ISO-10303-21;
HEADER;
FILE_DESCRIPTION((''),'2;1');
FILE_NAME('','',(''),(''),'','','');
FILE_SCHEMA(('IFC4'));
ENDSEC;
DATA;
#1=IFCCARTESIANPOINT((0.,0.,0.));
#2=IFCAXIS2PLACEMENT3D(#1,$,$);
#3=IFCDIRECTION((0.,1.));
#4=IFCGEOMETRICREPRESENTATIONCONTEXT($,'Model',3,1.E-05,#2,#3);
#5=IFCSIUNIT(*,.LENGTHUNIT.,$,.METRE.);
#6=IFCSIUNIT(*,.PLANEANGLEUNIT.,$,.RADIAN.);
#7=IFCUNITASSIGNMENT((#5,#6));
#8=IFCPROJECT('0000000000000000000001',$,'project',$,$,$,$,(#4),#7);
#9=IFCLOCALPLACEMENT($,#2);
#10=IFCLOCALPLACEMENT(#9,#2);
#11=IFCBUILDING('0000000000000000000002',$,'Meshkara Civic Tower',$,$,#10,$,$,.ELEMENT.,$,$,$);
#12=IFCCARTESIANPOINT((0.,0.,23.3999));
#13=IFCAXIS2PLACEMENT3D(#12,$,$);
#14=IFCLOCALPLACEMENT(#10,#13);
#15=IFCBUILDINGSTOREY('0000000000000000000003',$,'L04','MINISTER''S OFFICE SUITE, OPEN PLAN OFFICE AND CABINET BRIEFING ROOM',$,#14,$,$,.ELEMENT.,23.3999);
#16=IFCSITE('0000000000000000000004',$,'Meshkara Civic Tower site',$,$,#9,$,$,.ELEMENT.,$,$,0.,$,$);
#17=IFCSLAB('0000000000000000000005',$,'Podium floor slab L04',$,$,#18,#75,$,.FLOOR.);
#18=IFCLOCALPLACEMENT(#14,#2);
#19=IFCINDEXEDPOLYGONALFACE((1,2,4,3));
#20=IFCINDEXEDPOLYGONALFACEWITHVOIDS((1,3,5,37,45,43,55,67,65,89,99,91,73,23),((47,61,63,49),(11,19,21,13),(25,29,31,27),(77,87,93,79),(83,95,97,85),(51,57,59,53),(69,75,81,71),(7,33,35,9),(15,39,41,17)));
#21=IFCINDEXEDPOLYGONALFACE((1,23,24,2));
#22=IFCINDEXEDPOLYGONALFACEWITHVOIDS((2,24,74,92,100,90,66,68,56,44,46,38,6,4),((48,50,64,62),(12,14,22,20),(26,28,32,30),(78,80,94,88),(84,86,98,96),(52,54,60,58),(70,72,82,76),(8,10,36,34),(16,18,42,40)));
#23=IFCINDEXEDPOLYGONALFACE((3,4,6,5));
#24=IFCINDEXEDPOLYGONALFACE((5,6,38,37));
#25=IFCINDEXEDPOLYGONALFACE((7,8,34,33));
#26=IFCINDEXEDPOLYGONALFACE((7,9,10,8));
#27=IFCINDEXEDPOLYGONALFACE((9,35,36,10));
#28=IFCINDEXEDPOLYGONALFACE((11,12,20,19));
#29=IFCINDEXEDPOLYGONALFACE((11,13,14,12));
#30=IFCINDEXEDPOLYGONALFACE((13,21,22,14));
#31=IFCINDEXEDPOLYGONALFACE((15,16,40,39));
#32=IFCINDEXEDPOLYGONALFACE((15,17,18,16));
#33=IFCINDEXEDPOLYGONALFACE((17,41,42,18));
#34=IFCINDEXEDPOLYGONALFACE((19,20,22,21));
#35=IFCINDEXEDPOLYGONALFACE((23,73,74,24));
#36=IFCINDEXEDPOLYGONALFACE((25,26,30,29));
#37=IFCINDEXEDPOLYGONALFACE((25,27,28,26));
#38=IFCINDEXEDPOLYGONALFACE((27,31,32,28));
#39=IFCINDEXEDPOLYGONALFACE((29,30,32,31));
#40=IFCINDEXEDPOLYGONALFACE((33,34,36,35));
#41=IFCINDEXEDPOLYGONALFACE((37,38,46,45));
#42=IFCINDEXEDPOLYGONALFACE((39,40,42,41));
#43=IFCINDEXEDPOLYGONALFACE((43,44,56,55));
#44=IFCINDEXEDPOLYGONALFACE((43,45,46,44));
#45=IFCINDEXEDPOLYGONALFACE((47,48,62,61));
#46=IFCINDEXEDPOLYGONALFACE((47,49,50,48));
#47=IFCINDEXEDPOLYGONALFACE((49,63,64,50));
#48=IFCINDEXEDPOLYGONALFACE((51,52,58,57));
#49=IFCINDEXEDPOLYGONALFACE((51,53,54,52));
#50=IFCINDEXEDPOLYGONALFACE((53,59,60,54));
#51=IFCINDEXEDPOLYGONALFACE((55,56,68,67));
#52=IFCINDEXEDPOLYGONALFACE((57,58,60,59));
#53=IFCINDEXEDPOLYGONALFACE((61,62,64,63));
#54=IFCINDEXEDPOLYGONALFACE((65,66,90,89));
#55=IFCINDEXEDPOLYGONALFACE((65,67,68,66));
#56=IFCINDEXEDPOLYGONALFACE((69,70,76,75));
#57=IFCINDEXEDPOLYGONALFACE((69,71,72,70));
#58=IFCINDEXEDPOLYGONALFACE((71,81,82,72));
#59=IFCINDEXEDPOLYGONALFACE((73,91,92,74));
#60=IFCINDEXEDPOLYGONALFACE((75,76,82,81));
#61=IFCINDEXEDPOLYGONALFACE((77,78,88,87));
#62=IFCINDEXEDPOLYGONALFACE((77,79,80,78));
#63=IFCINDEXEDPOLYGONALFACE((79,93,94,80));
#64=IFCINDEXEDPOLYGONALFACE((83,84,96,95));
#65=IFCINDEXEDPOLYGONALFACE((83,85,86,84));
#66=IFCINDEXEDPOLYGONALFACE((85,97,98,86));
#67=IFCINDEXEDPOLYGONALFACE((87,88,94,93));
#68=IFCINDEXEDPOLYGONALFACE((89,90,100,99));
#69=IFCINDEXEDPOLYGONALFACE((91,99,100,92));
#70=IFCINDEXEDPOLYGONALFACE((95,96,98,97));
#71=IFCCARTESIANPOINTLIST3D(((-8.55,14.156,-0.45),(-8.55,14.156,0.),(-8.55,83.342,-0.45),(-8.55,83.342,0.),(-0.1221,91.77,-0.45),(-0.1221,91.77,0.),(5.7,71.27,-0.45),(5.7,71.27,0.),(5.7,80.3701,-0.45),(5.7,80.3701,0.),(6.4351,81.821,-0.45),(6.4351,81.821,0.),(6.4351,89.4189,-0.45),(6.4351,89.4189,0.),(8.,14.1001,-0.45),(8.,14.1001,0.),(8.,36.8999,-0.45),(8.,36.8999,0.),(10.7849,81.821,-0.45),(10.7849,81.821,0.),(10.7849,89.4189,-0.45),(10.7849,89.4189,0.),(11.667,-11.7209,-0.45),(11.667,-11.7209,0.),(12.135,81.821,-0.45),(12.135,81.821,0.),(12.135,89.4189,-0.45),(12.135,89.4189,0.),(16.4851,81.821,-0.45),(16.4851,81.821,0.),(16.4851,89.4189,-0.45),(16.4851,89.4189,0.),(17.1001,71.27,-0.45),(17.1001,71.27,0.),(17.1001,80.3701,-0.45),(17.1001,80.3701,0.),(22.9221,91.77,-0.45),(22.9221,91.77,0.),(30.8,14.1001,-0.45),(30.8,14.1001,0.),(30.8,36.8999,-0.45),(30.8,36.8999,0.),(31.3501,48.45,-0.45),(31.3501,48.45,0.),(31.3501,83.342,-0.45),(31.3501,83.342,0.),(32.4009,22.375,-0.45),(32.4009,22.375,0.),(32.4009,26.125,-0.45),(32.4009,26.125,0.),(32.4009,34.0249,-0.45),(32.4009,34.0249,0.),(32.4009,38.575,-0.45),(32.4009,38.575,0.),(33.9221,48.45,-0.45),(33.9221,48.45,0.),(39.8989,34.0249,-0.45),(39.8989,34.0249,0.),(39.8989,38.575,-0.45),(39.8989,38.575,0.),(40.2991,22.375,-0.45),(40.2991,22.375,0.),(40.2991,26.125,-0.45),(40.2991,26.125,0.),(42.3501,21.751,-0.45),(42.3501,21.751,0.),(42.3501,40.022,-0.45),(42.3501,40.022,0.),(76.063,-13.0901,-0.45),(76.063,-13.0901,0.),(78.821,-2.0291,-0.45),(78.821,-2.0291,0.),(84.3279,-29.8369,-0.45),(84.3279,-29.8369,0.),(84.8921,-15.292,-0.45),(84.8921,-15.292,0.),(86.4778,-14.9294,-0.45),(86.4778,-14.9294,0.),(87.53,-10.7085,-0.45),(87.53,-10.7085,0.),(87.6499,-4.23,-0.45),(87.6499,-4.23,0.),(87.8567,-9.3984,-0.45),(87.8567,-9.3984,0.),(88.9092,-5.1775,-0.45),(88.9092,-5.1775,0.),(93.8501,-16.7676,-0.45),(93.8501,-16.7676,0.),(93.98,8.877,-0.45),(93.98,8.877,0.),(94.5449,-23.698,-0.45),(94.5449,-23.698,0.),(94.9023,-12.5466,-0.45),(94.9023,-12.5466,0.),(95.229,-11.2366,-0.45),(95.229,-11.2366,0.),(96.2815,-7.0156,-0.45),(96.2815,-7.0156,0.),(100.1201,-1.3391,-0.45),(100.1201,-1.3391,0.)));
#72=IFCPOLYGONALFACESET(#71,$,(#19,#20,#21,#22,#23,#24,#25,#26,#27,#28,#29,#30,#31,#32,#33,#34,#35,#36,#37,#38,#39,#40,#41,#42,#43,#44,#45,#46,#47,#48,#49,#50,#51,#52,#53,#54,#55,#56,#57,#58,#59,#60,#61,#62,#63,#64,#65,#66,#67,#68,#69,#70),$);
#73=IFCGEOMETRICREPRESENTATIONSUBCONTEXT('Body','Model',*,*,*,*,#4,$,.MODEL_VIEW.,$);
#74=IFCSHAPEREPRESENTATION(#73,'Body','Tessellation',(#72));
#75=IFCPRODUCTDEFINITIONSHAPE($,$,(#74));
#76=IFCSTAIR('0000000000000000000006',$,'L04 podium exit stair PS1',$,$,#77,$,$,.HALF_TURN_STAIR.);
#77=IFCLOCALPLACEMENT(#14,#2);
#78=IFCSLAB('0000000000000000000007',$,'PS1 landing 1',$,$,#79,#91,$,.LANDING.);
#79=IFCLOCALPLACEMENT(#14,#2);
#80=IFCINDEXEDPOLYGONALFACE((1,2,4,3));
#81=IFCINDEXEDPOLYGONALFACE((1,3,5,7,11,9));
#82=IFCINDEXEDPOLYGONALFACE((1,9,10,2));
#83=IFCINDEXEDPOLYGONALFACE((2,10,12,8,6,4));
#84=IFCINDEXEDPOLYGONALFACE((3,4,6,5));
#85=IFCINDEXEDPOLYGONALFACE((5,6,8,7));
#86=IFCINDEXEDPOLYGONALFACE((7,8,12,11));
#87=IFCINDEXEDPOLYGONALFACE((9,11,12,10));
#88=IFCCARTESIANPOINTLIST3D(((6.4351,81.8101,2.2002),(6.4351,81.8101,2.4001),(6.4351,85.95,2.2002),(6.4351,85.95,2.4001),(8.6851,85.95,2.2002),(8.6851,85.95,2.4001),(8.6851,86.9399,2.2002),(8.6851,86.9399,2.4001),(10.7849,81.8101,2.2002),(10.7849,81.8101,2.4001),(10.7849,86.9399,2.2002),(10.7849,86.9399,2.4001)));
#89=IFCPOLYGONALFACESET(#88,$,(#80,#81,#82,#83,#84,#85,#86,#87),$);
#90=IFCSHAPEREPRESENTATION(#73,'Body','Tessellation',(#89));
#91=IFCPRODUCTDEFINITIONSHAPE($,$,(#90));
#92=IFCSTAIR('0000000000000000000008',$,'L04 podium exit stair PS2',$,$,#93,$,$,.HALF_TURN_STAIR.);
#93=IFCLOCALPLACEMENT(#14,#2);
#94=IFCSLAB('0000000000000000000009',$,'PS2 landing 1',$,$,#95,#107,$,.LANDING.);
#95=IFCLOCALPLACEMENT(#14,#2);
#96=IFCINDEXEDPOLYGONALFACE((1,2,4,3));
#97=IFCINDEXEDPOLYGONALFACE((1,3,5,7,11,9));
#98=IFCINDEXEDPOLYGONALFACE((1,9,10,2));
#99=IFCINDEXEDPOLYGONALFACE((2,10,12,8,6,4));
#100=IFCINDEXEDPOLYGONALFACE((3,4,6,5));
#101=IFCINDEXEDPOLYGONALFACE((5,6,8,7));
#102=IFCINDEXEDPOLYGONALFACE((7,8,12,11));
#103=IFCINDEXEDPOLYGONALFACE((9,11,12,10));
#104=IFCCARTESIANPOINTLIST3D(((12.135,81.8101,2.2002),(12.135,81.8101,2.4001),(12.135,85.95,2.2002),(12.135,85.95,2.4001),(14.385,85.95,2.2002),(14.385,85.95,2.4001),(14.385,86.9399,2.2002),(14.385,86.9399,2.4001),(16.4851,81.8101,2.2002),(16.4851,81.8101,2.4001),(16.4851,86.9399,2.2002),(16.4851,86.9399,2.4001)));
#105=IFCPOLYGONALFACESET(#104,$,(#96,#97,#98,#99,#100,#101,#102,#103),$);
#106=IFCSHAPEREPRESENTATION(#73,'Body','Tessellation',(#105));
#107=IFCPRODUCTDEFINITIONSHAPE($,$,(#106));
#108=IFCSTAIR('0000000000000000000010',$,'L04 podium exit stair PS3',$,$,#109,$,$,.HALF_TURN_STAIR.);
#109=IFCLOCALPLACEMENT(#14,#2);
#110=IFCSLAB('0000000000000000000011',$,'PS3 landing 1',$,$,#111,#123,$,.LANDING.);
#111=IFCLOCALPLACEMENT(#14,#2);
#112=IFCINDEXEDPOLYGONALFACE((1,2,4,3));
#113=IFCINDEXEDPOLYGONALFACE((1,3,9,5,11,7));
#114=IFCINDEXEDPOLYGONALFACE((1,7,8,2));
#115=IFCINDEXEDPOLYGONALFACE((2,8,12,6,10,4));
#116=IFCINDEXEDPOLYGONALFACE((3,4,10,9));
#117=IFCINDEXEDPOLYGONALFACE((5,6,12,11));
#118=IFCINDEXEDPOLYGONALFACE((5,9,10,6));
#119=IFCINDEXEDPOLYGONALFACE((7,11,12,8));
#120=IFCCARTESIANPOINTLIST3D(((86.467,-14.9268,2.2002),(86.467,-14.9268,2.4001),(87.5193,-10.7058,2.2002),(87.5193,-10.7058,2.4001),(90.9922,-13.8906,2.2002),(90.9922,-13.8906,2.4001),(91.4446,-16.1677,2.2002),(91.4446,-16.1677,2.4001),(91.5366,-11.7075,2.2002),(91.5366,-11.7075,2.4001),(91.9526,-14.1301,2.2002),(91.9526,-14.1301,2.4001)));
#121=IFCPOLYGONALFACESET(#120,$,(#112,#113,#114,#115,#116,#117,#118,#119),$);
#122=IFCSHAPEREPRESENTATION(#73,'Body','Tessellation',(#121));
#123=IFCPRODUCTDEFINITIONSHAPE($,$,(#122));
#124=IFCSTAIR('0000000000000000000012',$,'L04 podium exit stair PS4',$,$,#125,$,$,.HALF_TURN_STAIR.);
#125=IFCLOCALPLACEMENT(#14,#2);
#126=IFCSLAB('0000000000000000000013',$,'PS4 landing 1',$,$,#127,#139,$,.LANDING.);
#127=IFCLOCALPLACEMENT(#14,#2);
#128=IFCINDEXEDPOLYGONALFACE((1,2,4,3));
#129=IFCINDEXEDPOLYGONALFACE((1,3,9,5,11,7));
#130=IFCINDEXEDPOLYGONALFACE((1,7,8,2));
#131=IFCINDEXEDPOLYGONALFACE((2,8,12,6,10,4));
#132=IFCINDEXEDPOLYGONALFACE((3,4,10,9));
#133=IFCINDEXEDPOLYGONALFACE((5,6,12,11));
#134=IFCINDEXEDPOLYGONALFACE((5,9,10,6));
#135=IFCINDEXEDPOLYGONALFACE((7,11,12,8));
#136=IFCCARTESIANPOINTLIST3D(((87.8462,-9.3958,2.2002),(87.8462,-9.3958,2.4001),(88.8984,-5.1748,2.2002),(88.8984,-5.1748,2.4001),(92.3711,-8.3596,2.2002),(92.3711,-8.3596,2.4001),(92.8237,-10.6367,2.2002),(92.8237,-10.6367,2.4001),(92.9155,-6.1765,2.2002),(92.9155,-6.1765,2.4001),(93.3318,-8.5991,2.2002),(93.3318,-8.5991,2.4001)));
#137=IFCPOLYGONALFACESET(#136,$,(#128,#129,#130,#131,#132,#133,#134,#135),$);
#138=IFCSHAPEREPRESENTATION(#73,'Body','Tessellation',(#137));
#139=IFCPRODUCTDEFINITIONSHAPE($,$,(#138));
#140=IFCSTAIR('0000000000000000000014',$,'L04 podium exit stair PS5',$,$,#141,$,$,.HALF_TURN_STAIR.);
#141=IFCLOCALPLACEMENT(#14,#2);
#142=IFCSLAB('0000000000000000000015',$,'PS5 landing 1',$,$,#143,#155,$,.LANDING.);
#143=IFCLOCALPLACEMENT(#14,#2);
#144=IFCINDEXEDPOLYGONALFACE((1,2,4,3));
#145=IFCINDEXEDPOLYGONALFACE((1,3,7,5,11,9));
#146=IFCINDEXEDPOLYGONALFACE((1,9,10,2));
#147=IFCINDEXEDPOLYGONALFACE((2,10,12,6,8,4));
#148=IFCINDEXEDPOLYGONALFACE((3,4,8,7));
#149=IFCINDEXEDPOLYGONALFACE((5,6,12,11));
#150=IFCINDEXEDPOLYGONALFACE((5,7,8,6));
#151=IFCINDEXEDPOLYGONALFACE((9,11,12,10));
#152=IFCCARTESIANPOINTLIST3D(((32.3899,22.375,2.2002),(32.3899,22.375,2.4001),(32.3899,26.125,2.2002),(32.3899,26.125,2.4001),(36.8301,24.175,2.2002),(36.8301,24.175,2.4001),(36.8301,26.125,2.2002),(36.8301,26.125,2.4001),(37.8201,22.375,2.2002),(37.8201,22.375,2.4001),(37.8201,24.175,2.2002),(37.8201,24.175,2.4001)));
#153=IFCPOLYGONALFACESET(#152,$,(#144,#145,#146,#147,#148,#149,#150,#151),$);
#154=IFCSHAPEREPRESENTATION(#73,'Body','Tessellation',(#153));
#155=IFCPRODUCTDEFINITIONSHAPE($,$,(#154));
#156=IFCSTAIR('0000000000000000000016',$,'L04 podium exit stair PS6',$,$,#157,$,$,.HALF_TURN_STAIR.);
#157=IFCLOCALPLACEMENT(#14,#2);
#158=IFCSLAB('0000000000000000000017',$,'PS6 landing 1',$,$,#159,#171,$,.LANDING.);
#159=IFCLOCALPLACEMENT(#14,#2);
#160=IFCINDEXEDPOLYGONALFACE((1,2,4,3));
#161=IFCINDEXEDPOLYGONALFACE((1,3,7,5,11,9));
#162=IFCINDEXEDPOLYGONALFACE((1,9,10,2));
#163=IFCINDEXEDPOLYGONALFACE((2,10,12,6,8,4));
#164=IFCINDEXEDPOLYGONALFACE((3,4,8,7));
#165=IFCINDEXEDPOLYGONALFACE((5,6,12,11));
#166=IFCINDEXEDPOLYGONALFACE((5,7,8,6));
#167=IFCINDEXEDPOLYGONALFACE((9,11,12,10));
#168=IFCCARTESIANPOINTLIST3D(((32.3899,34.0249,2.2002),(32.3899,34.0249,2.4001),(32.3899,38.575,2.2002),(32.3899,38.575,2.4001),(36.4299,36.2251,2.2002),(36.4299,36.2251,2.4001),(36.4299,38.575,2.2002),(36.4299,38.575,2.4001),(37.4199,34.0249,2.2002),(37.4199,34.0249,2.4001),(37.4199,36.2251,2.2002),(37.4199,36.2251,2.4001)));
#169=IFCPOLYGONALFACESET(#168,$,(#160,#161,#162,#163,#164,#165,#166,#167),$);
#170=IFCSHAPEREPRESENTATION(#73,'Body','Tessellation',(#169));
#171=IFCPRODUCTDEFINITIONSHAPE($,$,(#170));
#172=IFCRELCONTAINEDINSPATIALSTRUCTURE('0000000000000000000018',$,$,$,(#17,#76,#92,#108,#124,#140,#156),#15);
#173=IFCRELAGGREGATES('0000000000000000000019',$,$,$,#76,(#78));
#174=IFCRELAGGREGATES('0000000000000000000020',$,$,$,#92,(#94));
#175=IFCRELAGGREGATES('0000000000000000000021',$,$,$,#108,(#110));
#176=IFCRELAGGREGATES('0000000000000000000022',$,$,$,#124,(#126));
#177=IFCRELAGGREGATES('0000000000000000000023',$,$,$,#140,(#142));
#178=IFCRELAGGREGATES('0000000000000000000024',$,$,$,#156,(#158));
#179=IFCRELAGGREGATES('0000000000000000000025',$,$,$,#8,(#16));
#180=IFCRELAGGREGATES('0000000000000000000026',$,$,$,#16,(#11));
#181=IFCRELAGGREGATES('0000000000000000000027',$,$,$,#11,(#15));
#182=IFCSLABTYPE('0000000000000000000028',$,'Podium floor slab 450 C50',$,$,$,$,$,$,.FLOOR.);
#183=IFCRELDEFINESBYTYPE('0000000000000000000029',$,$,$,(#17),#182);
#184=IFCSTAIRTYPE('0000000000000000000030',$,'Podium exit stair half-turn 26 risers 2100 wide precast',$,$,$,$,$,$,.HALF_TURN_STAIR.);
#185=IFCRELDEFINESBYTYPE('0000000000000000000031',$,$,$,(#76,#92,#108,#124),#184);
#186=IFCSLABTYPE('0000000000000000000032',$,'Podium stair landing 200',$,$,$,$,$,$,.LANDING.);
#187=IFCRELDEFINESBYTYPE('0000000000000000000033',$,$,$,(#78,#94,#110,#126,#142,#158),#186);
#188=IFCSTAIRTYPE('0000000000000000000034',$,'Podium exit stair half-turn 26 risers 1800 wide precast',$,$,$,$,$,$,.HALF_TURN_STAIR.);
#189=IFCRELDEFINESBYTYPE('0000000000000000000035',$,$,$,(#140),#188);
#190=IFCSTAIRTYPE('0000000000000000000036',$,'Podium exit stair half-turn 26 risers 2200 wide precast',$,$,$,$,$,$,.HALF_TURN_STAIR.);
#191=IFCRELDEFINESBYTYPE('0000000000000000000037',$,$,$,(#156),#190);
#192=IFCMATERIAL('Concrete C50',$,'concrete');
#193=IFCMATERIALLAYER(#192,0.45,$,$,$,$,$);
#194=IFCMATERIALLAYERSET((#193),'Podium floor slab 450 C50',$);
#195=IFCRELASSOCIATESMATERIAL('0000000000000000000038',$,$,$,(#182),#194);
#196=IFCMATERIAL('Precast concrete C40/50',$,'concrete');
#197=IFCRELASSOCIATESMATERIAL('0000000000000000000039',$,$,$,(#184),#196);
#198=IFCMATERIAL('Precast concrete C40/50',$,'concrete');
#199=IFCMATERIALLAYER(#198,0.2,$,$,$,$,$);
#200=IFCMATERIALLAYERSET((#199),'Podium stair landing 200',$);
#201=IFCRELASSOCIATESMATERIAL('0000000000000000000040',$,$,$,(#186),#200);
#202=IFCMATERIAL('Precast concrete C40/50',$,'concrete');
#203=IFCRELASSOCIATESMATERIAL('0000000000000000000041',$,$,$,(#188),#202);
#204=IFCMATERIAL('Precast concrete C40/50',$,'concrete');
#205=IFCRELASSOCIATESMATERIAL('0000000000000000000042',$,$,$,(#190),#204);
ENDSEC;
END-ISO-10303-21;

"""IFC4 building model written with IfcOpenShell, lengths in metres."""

from ifc_helpers import new_model, si_unit, direction, frame, origin, place, context, subcontext, project, spatial, polyline, outline, extrude, material, layer, layer_set, type_object, element, aggregate, save


model = new_model("IFC4")

# Units and contexts
model_context = context("Model", 3, precision=1e-05, world=origin(), true_north=direction((0.0, 1.0)))
body_context = subcontext(model_context, "Body", "Model", "MODEL_VIEW")
ifc_project = project(units=[si_unit("LENGTHUNIT", "METRE"), si_unit("PLANEANGLEUNIT", "RADIAN")], contexts=[model_context])

# Site, building, storey
site_placement = place(None, origin())
site = spatial("IfcSite", under=ifc_project, at=site_placement, Name="Meshkara Civic Tower site", CompositionType="ELEMENT", RefElevation=0.0)
building_placement = place(site_placement, origin())
building = spatial("IfcBuilding", under=site, at=building_placement, Name="Meshkara Civic Tower", CompositionType="ELEMENT")
storey_placement = place(building_placement, frame((0.0, 0.0, 23.3999)))
storey = spatial("IfcBuildingStorey", under=building, at=storey_placement, Name="L04", Description="MINISTER'S OFFICE SUITE, OPEN PLAN OFFICE AND CABINET BRIEFING ROOM", CompositionType="ELEMENT", Elevation=23.3999)

# Slab
ifc_material_1 = material(Name="Concrete C50", Category="concrete")
ifc_layer_1 = layer(ifc_material_1, 0.45)
ifc_layer_set_1 = layer_set([ifc_layer_1], Name="Podium floor slab 450 C50")
slab_type_1 = type_object("IfcSlabType", Name="Podium floor slab 450 C50", PredefinedType="FLOOR", material=ifc_layer_set_1)
slab_1_placement = place(storey_placement, frame((0.0, 0.0, -0.45)))
element("IfcSlab", 1, at=slab_1_placement, inside=storey, type_object=slab_type_1, Name="Podium floor slab L04", PredefinedType="FLOOR", context=body_context, shape_type="SweptSolid", body=[
    extrude(outline(polyline([(33.9221, 48.45), (42.3501, 40.022), (42.3501, 21.751), (93.98, 8.877), (100.1201, -1.3391), (94.5449, -23.698), (84.3279, -29.8369), (11.667, -11.7209), (-8.55, 14.156), (-8.55, 83.342), (-0.1221, 91.77), (22.9221, 91.77), (31.3501, 83.342), (31.3501, 48.45), (33.9221, 48.45)]), holes=[polyline([(30.8, 14.1001), (30.8, 36.8999), (8.0, 36.8999), (8.0, 14.1001), (30.8, 14.1001)]), polyline([(17.1001, 80.3701), (5.7, 80.3701), (5.7, 71.27), (17.1001, 71.27), (17.1001, 80.3701)]), polyline([(10.7849, 81.821), (10.7849, 89.4189), (6.4351, 89.4189), (6.4351, 81.821), (10.7849, 81.821)]), polyline([(16.4851, 81.821), (16.4851, 89.4189), (12.135, 89.4189), (12.135, 81.821), (16.4851, 81.821)]), polyline([(93.8501, -16.7676), (94.9023, -12.5466), (87.53, -10.7085), (86.4778, -14.9294), (93.8501, -16.7676)]), polyline([(78.821, -2.0291), (76.063, -13.0901), (84.8921, -15.292), (87.6499, -4.23), (78.821, -2.0291)]), polyline([(95.229, -11.2366), (96.2815, -7.0156), (88.9092, -5.1775), (87.8567, -9.3984), (95.229, -11.2366)]), polyline([(32.4009, 22.375), (40.2991, 22.375), (40.2991, 26.125), (32.4009, 26.125), (32.4009, 22.375)]), polyline([(32.4009, 34.0249), (39.8989, 34.0249), (39.8989, 38.575), (32.4009, 38.575), (32.4009, 34.0249)])]), origin(), (0.0, 0.0, 1.0), 0.45),
])

# Stairs, slabs
ifc_material_2 = material(Name="Precast concrete C40/50", Category="concrete")
stair_type_1 = type_object("IfcStairType", Name="Podium exit stair half-turn 26 risers 2100 wide precast", PredefinedType="HALF_TURN_STAIR", material=ifc_material_2)
stair_1_placement = place(storey_placement, origin())
stair_1 = element("IfcStair", 2, at=stair_1_placement, inside=storey, type_object=stair_type_1, Name="L04 podium exit stair PS1", PredefinedType="HALF_TURN_STAIR")
ifc_material_3 = material(Name="Precast concrete C40/50", Category="concrete")
ifc_layer_2 = layer(ifc_material_3, 0.2)
ifc_layer_set_2 = layer_set([ifc_layer_2], Name="Podium stair landing 200")
slab_type_2 = type_object("IfcSlabType", Name="Podium stair landing 200", PredefinedType="LANDING", material=ifc_layer_set_2)
slab_2_placement = place(storey_placement, frame((0.0, 0.0, 2.2002)))
slab_2 = element("IfcSlab", 3, at=slab_2_placement, type_object=slab_type_2, Name="PS1 landing 1", PredefinedType="LANDING", context=body_context, shape_type="SweptSolid", body=[
    extrude(outline(polyline([(10.7849, 81.8101), (6.4351, 81.8101), (6.4351, 85.95), (8.6851, 85.95), (8.6851, 86.9399), (10.7849, 86.9399), (10.7849, 81.8101)])), origin(), (0.0, 0.0, 1.0), 0.2),
])
aggregate(stair_1, [slab_2])
stair_2_placement = place(storey_placement, origin())
stair_2 = element("IfcStair", 4, at=stair_2_placement, inside=storey, type_object=stair_type_1, Name="L04 podium exit stair PS2", PredefinedType="HALF_TURN_STAIR")
slab_3_placement = place(storey_placement, frame((0.0, 0.0, 2.2002)))
slab_3 = element("IfcSlab", 5, at=slab_3_placement, type_object=slab_type_2, Name="PS2 landing 1", PredefinedType="LANDING", context=body_context, shape_type="SweptSolid", body=[
    extrude(outline(polyline([(16.4851, 81.8101), (12.135, 81.8101), (12.135, 85.95), (14.385, 85.95), (14.385, 86.9399), (16.4851, 86.9399), (16.4851, 81.8101)])), origin(), (0.0, 0.0, 1.0), 0.2),
])
aggregate(stair_2, [slab_3])
stair_3_placement = place(storey_placement, origin())
stair_3 = element("IfcStair", 6, at=stair_3_placement, inside=storey, type_object=stair_type_1, Name="L04 podium exit stair PS3", PredefinedType="HALF_TURN_STAIR")
slab_4_placement = place(storey_placement, frame((0.0, 0.0, 2.2002)))
slab_4 = element("IfcSlab", 7, at=slab_4_placement, type_object=slab_type_2, Name="PS3 landing 1", PredefinedType="LANDING", context=body_context, shape_type="SweptSolid", body=[
    extrude(outline(polyline([(91.9526, -14.1301), (91.4446, -16.1677), (86.467, -14.9268), (87.5193, -10.7058), (91.5366, -11.7075), (90.9922, -13.8906), (91.9526, -14.1301)])), origin(), (0.0, 0.0, 1.0), 0.2),
])
aggregate(stair_3, [slab_4])
stair_4_placement = place(storey_placement, origin())
stair_4 = element("IfcStair", 8, at=stair_4_placement, inside=storey, type_object=stair_type_1, Name="L04 podium exit stair PS4", PredefinedType="HALF_TURN_STAIR")
slab_5_placement = place(storey_placement, frame((0.0, 0.0, 2.2002)))
slab_5 = element("IfcSlab", 9, at=slab_5_placement, type_object=slab_type_2, Name="PS4 landing 1", PredefinedType="LANDING", context=body_context, shape_type="SweptSolid", body=[
    extrude(outline(polyline([(93.3318, -8.5991), (92.8237, -10.6367), (87.8462, -9.3958), (88.8984, -5.1748), (92.9155, -6.1765), (92.3711, -8.3596), (93.3318, -8.5991)])), origin(), (0.0, 0.0, 1.0), 0.2),
])
aggregate(stair_4, [slab_5])
ifc_material_4 = material(Name="Precast concrete C40/50", Category="concrete")
stair_type_2 = type_object("IfcStairType", Name="Podium exit stair half-turn 26 risers 1800 wide precast", PredefinedType="HALF_TURN_STAIR", material=ifc_material_4)
stair_5_placement = place(storey_placement, origin())
stair_5 = element("IfcStair", 10, at=stair_5_placement, inside=storey, type_object=stair_type_2, Name="L04 podium exit stair PS5", PredefinedType="HALF_TURN_STAIR")
slab_6_placement = place(storey_placement, frame((0.0, 0.0, 2.2002)))
slab_6 = element("IfcSlab", 11, at=slab_6_placement, type_object=slab_type_2, Name="PS5 landing 1", PredefinedType="LANDING", context=body_context, shape_type="SweptSolid", body=[
    extrude(outline(polyline([(37.8201, 24.175), (37.8201, 22.375), (32.3899, 22.375), (32.3899, 26.125), (36.8301, 26.125), (36.8301, 24.175), (37.8201, 24.175)])), origin(), (0.0, 0.0, 1.0), 0.2),
])
aggregate(stair_5, [slab_6])
ifc_material_5 = material(Name="Precast concrete C40/50", Category="concrete")
stair_type_3 = type_object("IfcStairType", Name="Podium exit stair half-turn 26 risers 2200 wide precast", PredefinedType="HALF_TURN_STAIR", material=ifc_material_5)
stair_6_placement = place(storey_placement, origin())
stair_6 = element("IfcStair", 12, at=stair_6_placement, inside=storey, type_object=stair_type_3, Name="L04 podium exit stair PS6", PredefinedType="HALF_TURN_STAIR")
slab_7_placement = place(storey_placement, frame((0.0, 0.0, 2.2002)))
slab_7 = element("IfcSlab", 13, at=slab_7_placement, type_object=slab_type_2, Name="PS6 landing 1", PredefinedType="LANDING", context=body_context, shape_type="SweptSolid", body=[
    extrude(outline(polyline([(37.4199, 36.2251), (37.4199, 34.0249), (32.3899, 34.0249), (32.3899, 38.575), (36.4299, 38.575), (36.4299, 36.2251), (37.4199, 36.2251)])), origin(), (0.0, 0.0, 1.0), 0.2),
])
aggregate(stair_6, [slab_7])

save(model, "model.ifc")
